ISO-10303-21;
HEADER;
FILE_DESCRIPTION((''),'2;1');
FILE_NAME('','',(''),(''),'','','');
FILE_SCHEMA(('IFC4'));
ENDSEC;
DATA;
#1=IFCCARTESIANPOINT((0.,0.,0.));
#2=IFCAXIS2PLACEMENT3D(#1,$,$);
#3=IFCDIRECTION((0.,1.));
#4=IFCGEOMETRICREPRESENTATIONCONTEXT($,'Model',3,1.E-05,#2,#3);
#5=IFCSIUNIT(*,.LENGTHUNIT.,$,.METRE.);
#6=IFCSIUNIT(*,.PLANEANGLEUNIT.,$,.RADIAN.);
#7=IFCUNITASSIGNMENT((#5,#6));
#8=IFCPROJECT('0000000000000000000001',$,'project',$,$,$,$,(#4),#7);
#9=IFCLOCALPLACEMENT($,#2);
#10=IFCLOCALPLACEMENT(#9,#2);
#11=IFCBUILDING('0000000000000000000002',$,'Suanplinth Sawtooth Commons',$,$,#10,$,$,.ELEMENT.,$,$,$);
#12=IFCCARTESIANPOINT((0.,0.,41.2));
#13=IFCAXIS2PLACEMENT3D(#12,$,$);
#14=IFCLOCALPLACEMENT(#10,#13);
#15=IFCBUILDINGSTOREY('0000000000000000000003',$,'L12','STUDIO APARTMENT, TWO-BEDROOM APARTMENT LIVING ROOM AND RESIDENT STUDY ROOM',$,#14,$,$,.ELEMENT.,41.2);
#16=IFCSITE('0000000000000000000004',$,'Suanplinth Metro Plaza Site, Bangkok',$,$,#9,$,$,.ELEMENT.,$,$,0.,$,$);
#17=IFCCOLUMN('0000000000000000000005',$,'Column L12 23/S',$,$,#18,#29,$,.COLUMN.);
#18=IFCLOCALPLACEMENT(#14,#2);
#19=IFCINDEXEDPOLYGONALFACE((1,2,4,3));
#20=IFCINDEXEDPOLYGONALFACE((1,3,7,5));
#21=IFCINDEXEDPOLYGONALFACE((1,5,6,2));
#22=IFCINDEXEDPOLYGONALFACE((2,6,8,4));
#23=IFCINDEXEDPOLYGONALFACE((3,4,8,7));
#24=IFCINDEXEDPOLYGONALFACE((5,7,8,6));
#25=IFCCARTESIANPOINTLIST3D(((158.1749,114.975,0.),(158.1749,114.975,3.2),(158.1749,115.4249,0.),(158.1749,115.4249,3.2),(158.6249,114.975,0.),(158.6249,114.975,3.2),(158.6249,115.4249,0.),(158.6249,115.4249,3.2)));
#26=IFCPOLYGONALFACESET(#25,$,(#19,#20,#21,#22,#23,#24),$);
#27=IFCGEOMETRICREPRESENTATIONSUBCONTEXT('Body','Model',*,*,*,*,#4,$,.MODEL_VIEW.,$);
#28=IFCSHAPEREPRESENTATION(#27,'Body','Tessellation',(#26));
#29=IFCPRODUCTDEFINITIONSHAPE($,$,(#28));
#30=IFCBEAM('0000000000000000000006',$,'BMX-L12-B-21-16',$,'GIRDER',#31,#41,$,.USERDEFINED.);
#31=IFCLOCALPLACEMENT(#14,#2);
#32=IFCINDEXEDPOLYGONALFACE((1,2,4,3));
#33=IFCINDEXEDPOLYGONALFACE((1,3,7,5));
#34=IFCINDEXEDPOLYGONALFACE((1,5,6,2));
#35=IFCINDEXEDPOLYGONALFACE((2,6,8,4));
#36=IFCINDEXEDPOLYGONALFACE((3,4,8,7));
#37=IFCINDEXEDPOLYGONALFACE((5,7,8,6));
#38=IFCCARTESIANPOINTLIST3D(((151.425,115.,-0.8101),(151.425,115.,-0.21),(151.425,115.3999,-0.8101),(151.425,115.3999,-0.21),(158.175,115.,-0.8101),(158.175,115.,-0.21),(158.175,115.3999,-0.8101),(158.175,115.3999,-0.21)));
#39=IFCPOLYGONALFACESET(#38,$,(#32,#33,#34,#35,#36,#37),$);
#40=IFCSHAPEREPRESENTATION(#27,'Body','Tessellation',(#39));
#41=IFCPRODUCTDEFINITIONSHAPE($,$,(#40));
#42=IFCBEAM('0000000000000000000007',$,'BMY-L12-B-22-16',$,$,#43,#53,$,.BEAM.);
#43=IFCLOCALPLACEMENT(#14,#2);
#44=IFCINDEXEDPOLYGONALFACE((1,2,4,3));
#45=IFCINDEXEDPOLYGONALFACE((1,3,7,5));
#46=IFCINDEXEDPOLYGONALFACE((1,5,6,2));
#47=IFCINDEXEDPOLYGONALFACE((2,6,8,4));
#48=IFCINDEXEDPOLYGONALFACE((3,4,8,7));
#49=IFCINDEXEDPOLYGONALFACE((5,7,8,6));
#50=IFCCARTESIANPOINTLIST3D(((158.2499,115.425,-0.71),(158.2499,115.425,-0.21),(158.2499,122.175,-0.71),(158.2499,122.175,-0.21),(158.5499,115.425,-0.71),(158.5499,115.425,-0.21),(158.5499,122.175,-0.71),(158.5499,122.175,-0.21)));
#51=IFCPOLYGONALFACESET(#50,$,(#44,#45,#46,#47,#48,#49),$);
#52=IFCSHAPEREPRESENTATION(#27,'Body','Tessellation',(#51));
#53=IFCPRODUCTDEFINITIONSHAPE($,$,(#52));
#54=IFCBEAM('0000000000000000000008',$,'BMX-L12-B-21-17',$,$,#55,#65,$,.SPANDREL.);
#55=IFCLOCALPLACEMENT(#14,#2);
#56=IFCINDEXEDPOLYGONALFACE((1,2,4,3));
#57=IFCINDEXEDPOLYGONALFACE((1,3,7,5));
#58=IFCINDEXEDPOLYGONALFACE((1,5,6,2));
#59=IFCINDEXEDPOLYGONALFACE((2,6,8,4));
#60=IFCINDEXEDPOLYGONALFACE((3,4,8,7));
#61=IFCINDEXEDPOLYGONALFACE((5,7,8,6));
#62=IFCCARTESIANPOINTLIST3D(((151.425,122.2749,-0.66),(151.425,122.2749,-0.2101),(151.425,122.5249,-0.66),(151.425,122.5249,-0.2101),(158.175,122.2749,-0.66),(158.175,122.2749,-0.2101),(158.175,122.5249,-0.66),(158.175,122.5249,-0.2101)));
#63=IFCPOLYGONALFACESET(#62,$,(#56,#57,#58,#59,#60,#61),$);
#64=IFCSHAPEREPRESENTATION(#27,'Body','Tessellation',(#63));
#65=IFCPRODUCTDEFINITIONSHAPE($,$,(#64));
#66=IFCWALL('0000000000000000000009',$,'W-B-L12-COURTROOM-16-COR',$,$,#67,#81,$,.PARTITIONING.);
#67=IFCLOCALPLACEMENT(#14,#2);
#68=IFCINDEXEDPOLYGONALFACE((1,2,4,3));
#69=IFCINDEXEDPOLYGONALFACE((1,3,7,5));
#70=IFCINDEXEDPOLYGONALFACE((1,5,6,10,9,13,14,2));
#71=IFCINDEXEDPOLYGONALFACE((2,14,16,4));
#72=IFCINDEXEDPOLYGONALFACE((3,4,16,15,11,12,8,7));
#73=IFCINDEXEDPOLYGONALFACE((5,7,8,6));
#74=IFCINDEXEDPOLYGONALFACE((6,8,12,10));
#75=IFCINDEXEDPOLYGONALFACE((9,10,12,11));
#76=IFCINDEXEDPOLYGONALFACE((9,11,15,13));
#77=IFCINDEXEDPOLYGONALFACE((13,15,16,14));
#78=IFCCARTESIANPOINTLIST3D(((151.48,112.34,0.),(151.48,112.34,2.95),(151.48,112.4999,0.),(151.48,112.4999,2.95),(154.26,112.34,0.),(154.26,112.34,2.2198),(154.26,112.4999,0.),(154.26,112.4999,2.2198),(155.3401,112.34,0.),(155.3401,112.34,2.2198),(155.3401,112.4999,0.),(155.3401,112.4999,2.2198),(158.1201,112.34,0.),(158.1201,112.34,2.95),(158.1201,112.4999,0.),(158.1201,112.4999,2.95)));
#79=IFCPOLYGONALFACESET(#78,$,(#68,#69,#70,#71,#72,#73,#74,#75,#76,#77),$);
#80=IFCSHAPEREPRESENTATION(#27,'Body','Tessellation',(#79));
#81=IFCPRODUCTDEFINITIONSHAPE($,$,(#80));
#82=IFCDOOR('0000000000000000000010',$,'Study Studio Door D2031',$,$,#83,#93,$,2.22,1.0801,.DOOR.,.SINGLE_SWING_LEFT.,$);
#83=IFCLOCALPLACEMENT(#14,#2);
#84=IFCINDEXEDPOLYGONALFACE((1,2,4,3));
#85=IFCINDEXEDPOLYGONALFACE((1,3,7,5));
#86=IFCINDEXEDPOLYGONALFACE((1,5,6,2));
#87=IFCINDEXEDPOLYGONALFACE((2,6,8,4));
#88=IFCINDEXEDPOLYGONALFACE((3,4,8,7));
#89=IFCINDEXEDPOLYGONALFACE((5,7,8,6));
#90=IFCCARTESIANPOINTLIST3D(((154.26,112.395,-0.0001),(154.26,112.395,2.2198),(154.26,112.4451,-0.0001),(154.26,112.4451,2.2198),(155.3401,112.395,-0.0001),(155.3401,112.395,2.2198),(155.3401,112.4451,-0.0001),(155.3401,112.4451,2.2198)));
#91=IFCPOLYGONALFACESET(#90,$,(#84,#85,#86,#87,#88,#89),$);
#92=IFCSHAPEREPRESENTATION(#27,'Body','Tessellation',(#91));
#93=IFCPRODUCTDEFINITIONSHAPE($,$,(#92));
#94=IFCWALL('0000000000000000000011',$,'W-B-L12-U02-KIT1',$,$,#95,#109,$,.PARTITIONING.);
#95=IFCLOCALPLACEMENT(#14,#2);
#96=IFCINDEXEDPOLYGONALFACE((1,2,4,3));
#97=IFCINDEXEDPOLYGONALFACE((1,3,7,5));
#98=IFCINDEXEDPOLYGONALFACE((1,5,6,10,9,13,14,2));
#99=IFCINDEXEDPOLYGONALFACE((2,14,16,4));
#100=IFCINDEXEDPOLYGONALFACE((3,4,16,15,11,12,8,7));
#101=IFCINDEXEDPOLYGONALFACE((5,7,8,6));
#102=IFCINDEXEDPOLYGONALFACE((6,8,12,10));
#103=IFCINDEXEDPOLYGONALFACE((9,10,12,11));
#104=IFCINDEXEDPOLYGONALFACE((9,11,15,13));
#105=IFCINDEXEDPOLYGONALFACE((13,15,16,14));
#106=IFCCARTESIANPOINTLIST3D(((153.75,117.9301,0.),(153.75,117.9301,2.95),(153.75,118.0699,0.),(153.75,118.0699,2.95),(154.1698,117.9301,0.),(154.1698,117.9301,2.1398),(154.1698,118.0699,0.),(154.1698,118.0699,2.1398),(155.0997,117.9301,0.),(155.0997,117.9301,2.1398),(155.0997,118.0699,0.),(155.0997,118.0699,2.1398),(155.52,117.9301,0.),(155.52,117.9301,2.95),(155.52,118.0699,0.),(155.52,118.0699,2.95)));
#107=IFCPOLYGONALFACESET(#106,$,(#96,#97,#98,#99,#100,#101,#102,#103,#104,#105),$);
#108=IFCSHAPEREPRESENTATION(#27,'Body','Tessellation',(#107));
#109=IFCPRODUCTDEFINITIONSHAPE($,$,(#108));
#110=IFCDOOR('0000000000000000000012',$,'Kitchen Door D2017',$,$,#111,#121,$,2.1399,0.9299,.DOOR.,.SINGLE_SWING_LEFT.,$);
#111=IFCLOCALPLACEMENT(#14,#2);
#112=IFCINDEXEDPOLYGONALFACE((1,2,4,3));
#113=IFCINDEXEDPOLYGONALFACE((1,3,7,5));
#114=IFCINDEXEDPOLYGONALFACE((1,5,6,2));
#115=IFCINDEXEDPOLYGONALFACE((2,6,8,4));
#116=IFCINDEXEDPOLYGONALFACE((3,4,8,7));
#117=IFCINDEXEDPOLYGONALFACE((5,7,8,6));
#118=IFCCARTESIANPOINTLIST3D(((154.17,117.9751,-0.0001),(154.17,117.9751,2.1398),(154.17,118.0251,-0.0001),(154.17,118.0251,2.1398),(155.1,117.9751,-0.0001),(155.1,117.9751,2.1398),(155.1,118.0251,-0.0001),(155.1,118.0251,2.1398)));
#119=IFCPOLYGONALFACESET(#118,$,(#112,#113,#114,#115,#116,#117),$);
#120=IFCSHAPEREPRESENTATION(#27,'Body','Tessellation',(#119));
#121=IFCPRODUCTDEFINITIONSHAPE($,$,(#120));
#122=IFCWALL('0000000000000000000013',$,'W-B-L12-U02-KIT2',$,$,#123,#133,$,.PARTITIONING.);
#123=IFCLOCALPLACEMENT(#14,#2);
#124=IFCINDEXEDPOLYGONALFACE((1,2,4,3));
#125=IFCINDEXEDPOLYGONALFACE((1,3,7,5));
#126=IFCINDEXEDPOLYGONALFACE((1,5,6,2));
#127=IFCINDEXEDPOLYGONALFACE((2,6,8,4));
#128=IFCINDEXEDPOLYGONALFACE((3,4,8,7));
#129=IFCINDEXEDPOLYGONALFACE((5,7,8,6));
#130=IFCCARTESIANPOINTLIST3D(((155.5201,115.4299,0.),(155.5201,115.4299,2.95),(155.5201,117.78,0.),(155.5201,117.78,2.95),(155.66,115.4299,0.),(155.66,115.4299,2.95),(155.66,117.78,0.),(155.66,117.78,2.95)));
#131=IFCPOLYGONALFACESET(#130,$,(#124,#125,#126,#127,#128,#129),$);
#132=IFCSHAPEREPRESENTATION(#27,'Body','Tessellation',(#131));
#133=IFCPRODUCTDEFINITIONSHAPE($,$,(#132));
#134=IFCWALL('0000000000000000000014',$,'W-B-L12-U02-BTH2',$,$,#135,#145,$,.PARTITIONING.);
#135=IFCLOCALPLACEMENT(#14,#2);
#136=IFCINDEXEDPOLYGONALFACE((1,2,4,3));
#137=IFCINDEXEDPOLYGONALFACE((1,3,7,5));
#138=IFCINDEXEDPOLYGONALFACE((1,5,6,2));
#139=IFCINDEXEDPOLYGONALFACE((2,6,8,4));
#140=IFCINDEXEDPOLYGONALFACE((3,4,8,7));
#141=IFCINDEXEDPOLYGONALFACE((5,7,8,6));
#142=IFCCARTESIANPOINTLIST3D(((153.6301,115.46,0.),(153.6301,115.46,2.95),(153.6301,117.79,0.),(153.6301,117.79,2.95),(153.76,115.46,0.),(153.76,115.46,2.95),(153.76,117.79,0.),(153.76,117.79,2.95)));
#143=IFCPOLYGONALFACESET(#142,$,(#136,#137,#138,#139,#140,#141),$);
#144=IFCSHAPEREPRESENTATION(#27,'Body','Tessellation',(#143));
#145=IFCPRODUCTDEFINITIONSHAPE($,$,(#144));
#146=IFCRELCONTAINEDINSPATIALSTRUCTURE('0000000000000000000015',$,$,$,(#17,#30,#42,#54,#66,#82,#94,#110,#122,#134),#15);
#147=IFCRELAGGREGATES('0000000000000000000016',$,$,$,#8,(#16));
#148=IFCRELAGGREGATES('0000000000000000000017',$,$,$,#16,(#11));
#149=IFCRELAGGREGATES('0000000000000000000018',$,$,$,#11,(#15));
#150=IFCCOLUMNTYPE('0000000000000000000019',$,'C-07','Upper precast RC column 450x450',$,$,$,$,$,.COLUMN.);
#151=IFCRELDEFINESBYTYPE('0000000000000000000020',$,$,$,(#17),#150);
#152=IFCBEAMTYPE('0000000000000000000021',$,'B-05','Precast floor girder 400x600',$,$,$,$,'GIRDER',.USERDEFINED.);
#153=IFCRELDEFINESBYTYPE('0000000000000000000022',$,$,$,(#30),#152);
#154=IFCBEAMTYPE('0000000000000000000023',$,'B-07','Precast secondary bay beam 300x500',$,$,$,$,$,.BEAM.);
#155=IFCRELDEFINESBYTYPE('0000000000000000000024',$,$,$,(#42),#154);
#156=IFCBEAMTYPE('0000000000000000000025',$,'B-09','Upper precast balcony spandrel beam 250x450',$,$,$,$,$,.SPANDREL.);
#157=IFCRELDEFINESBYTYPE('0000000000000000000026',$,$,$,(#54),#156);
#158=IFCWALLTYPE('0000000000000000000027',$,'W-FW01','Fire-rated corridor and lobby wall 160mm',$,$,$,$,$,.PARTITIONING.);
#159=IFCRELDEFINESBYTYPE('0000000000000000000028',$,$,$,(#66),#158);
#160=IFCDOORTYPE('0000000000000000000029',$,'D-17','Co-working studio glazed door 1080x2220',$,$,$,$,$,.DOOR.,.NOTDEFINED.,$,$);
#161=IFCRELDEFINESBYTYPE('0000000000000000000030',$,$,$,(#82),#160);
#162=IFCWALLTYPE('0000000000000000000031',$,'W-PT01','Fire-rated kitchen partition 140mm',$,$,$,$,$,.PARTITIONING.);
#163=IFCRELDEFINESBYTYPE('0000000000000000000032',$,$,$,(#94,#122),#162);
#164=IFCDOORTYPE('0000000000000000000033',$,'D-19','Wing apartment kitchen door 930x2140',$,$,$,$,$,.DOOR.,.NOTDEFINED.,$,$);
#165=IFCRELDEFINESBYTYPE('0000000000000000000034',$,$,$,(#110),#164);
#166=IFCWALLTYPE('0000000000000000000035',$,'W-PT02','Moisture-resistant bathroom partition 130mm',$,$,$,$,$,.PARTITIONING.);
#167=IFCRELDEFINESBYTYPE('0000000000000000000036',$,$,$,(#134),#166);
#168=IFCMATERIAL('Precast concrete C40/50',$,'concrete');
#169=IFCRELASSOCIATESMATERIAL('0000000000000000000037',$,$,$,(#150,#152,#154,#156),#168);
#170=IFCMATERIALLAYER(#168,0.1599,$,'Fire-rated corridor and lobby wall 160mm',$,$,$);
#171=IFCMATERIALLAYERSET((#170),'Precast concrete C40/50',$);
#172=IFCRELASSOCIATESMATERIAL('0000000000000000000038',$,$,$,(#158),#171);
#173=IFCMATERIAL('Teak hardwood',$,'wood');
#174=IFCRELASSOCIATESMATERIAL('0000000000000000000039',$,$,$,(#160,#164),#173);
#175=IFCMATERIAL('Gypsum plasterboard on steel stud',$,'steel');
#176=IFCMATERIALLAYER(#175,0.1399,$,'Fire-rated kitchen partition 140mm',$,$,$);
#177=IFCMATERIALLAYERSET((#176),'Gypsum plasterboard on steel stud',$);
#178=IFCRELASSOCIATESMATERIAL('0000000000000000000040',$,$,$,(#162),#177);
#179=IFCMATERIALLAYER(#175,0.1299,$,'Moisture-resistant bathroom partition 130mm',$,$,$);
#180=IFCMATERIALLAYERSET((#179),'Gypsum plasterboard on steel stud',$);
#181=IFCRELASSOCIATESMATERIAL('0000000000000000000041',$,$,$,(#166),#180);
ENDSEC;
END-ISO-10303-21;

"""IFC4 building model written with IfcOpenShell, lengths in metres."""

from ifc_helpers import new_model, si_unit, direction, frame, frame_2d, origin, origin_2d, place, context, subcontext, project, spatial, rectangle, extrude, material, layer, layer_set, material_profile, profile_set, type_object, element, fill, save


model = new_model("IFC4")

# Units and contexts
model_context = context("Model", 3, precision=1e-05, world=origin(), true_north=direction((0.0, 1.0)))
body_context = subcontext(model_context, "Body", "Model", "MODEL_VIEW")
ifc_project = project(units=[si_unit("LENGTHUNIT", "METRE"), si_unit("PLANEANGLEUNIT", "RADIAN")], contexts=[model_context])

# Site, building, storey
site_placement = place(None, origin())
site = spatial("IfcSite", under=ifc_project, at=site_placement, Name="Suanplinth Metro Plaza Site, Bangkok", CompositionType="ELEMENT", RefElevation=0.0)
building_placement = place(site_placement, origin())
building = spatial("IfcBuilding", under=site, at=building_placement, Name="Suanplinth Sawtooth Commons", CompositionType="ELEMENT")
storey_placement = place(building_placement, frame((0.0, 0.0, 41.2)))
storey = spatial("IfcBuildingStorey", under=building, at=storey_placement, Name="L12", Description="STUDIO APARTMENT, TWO-BEDROOM APARTMENT LIVING ROOM AND RESIDENT STUDY ROOM", CompositionType="ELEMENT", Elevation=41.2)

# Column
ifc_material_1 = material(Name="Precast concrete C40/50", Category="concrete")
ifc_material_profile_1 = material_profile(ifc_material_1, rectangle(XDim=0.45, YDim=0.45, at=origin_2d()), Name="PC-COL 450x450")
ifc_profile_set_1 = profile_set([ifc_material_profile_1], Name="Precast concrete C40/50")
column_type = type_object("IfcColumnType", Name="C-07", Description="Upper precast RC column 450x450", PredefinedType="COLUMN", material=ifc_profile_set_1)
column_placement = place(storey_placement, frame((158.3999, 115.2, 0.0), z_axis=(0.0, 0.0, 1.0), x_axis=(1.0, 0.0, 0.0)))
element("IfcColumn", 1, at=column_placement, inside=storey, type_object=column_type, Name="Column L12 23/S", PredefinedType="COLUMN", context=body_context, shape_type="SweptSolid", body=[
    extrude(rectangle(XDim=0.45, YDim=0.45, at=origin_2d()), origin(), (0.0, 0.0, 1.0), 3.2),
])

# Beams
ifc_material_profile_2 = material_profile(ifc_material_1, rectangle(XDim=0.3999, YDim=0.6001, at=origin_2d()), Name="PC-GDR 400x600")
ifc_profile_set_2 = profile_set([ifc_material_profile_2], Name="Precast concrete C40/50")
beam_type_1 = type_object("IfcBeamType", Name="B-05", Description="Precast floor girder 400x600", ElementType="GIRDER", PredefinedType="USERDEFINED", material=ifc_profile_set_2)
beam_1_placement = place(storey_placement, frame((151.425, 115.2, -0.51), z_axis=(1.0, 0.0, 0.0), x_axis=(0.0, 1.0, 0.0)))
element("IfcBeam", 2, at=beam_1_placement, inside=storey, type_object=beam_type_1, Name="BMX-L12-B-21-16", ObjectType="GIRDER", PredefinedType="USERDEFINED", context=body_context, shape_type="SweptSolid", body=[
    extrude(rectangle(XDim=0.3999, YDim=0.6001, at=origin_2d()), origin(), (0.0, 0.0, 1.0), 6.75),
])
ifc_material_profile_3 = material_profile(ifc_material_1, rectangle(XDim=0.3, YDim=0.5, at=origin_2d()), Name="PC-BM 300x500")
ifc_profile_set_3 = profile_set([ifc_material_profile_3], Name="Precast concrete C40/50")
beam_type_2 = type_object("IfcBeamType", Name="B-07", Description="Precast secondary bay beam 300x500", PredefinedType="BEAM", material=ifc_profile_set_3)
beam_2_placement = place(storey_placement, frame((158.3999, 115.425, -0.46), z_axis=(0.0, 1.0, 0.0), x_axis=(-1.0, 0.0, 0.0)))
element("IfcBeam", 3, at=beam_2_placement, inside=storey, type_object=beam_type_2, Name="BMY-L12-B-22-16", PredefinedType="BEAM", context=body_context, shape_type="SweptSolid", body=[
    extrude(rectangle(XDim=0.3, YDim=0.5, at=origin_2d()), origin(), (0.0, 0.0, 1.0), 6.75),
])
ifc_material_profile_4 = material_profile(ifc_material_1, rectangle(XDim=0.25, YDim=0.45, at=origin_2d()), Name="PC-SP 250x450")
ifc_profile_set_4 = profile_set([ifc_material_profile_4], Name="Precast concrete C40/50")
beam_type_3 = type_object("IfcBeamType", Name="B-09", Description="Upper precast balcony spandrel beam 250x450", PredefinedType="SPANDREL", material=ifc_profile_set_4)
beam_3_placement = place(storey_placement, frame((151.425, 122.3999, -0.4351), z_axis=(1.0, 0.0, 0.0), x_axis=(0.0, 1.0, 0.0)))
element("IfcBeam", 4, at=beam_3_placement, inside=storey, type_object=beam_type_3, Name="BMX-L12-B-21-17", PredefinedType="SPANDREL", context=body_context, shape_type="SweptSolid", body=[
    extrude(rectangle(XDim=0.25, YDim=0.45, at=origin_2d()), origin(), (0.0, 0.0, 1.0), 6.75),
])

# Walls, openings, doors
ifc_layer_1 = layer(ifc_material_1, 0.1599, Name="Fire-rated corridor and lobby wall 160mm")
ifc_layer_set_1 = layer_set([ifc_layer_1], Name="Precast concrete C40/50")
wall_type_1 = type_object("IfcWallType", Name="W-FW01", Description="Fire-rated corridor and lobby wall 160mm", PredefinedType="PARTITIONING", material=ifc_layer_set_1)
wall_1_placement = place(storey_placement, frame((151.48, 112.4199, 0.0), z_axis=(0.0, 0.0, 1.0), x_axis=(1.0, 0.0, 0.0)))
wall_1 = element("IfcWall", 5, at=wall_1_placement, inside=storey, type_object=wall_type_1, Name="W-B-L12-COURTROOM-16-COR", PredefinedType="PARTITIONING", context=body_context, shape_type="SweptSolid", body=[
    extrude(rectangle(XDim=6.6401, YDim=0.1599, at=frame_2d((3.3201, 0.0))), origin(), (0.0, 0.0, 1.0), 2.95),
])
opening_1_placement = place(wall_1_placement, frame((2.78, 0.0, 0.0)))
opening_1 = element("IfcOpeningElement", 6, at=opening_1_placement, cuts=wall_1, PredefinedType="OPENING", context=body_context, shape_type="SweptSolid", body=[
    extrude(rectangle(XDim=1.0801, YDim=2.22, at=frame_2d((0.54, 1.1099))), frame((0.0, 0.0947, 0.0), z_axis=(0.0, -1.0, 0.0), x_axis=(1.0, 0.0, 0.0)), (0.0, 0.0, 1.0), 0.1897),
])
ifc_material_2 = material(Name="Teak hardwood", Category="wood")
door_type_1 = type_object("IfcDoorType", Name="D-17", Description="Co-working studio glazed door 1080x2220", OperationType="NOTDEFINED", PredefinedType="DOOR", material=ifc_material_2)
door_1_placement = place(opening_1_placement, frame((1.0801, 0.0, 0.0), z_axis=(0.0, 0.0, 1.0), x_axis=(-1.0, 0.0, 0.0)))
door_1 = element("IfcDoor", 7, at=door_1_placement, inside=storey, type_object=door_type_1, Name="Study Studio Door D2031", OperationType="SINGLE_SWING_LEFT", OverallHeight=2.22, OverallWidth=1.0801, PredefinedType="DOOR", context=body_context, shape_type="SweptSolid", body=[
    extrude(rectangle(XDim=1.0801, YDim=2.22, at=frame_2d((0.54, 1.1099))), frame((0.0, 0.0249, 0.0), z_axis=(0.0, -1.0, 0.0), x_axis=(1.0, 0.0, 0.0)), (0.0, 0.0, 1.0), 0.05),
])
fill(opening_1, door_1)
ifc_material_3 = material(Name="Gypsum plasterboard on steel stud", Category="steel")
ifc_layer_2 = layer(ifc_material_3, 0.1399, Name="Fire-rated kitchen partition 140mm")
ifc_layer_set_2 = layer_set([ifc_layer_2], Name="Gypsum plasterboard on steel stud")
wall_type_2 = type_object("IfcWallType", Name="W-PT01", Description="Fire-rated kitchen partition 140mm", PredefinedType="PARTITIONING", material=ifc_layer_set_2)
wall_2_placement = place(storey_placement, frame((153.75, 118.0, 0.0), z_axis=(0.0, 0.0, 1.0), x_axis=(1.0, 0.0, 0.0)))
wall_2 = element("IfcWall", 8, at=wall_2_placement, inside=storey, type_object=wall_type_2, Name="W-B-L12-U02-KIT1", PredefinedType="PARTITIONING", context=body_context, shape_type="SweptSolid", body=[
    extrude(rectangle(XDim=1.77, YDim=0.1399, at=frame_2d((0.885, 0.0))), origin(), (0.0, 0.0, 1.0), 2.95),
])
opening_2_placement = place(wall_2_placement, frame((0.4199, 0.0, 0.0)))
opening_2 = element("IfcOpeningElement", 9, at=opening_2_placement, cuts=wall_2, PredefinedType="OPENING", context=body_context, shape_type="SweptSolid", body=[
    extrude(rectangle(XDim=0.9299, YDim=2.1399, at=frame_2d((0.4648, 1.0698))), frame((0.0, 0.085, 0.0), z_axis=(0.0, -1.0, 0.0), x_axis=(1.0, 0.0, 0.0)), (0.0, 0.0, 1.0), 0.1697),
])
door_type_2 = type_object("IfcDoorType", Name="D-19", Description="Wing apartment kitchen door 930x2140", OperationType="NOTDEFINED", PredefinedType="DOOR", material=ifc_material_2)
door_2_placement = place(opening_2_placement, frame((0.9299, 0.0, 0.0), z_axis=(0.0, 0.0, 1.0), x_axis=(-1.0, 0.0, 0.0)))
door_2 = element("IfcDoor", 10, at=door_2_placement, inside=storey, type_object=door_type_2, Name="Kitchen Door D2017", OperationType="SINGLE_SWING_LEFT", OverallHeight=2.1399, OverallWidth=0.9299, PredefinedType="DOOR", context=body_context, shape_type="SweptSolid", body=[
    extrude(rectangle(XDim=0.9299, YDim=2.1399, at=frame_2d((0.4648, 1.0698))), frame((0.0, 0.0249, 0.0), z_axis=(0.0, -1.0, 0.0), x_axis=(1.0, 0.0, 0.0)), (0.0, 0.0, 1.0), 0.05),
])
fill(opening_2, door_2)

# Walls
wall_3_placement = place(storey_placement, frame((155.5901, 115.4299, 0.0), z_axis=(0.0, 0.0, 1.0), x_axis=(0.0, 1.0, 0.0)))
element("IfcWall", 11, at=wall_3_placement, inside=storey, type_object=wall_type_2, Name="W-B-L12-U02-KIT2", PredefinedType="PARTITIONING", context=body_context, shape_type="SweptSolid", body=[
    extrude(rectangle(XDim=2.3501, YDim=0.1399, at=frame_2d((1.175, 0.0))), origin(), (0.0, 0.0, 1.0), 2.95),
])
ifc_layer_3 = layer(ifc_material_3, 0.1299, Name="Moisture-resistant bathroom partition 130mm")
ifc_layer_set_3 = layer_set([ifc_layer_3], Name="Gypsum plasterboard on steel stud")
wall_type_3 = type_object("IfcWallType", Name="W-PT02", Description="Moisture-resistant bathroom partition 130mm", PredefinedType="PARTITIONING", material=ifc_layer_set_3)
wall_4_placement = place(storey_placement, frame((153.6951, 115.46, 0.0), z_axis=(0.0, 0.0, 1.0), x_axis=(0.0, 1.0, 0.0)))
element("IfcWall", 12, at=wall_4_placement, inside=storey, type_object=wall_type_3, Name="W-B-L12-U02-BTH2", PredefinedType="PARTITIONING", context=body_context, shape_type="SweptSolid", body=[
    extrude(rectangle(XDim=2.3301, YDim=0.1299, at=frame_2d((1.165, 0.0))), origin(), (0.0, 0.0, 1.0), 2.95),
])

save(model, "model.ifc")
